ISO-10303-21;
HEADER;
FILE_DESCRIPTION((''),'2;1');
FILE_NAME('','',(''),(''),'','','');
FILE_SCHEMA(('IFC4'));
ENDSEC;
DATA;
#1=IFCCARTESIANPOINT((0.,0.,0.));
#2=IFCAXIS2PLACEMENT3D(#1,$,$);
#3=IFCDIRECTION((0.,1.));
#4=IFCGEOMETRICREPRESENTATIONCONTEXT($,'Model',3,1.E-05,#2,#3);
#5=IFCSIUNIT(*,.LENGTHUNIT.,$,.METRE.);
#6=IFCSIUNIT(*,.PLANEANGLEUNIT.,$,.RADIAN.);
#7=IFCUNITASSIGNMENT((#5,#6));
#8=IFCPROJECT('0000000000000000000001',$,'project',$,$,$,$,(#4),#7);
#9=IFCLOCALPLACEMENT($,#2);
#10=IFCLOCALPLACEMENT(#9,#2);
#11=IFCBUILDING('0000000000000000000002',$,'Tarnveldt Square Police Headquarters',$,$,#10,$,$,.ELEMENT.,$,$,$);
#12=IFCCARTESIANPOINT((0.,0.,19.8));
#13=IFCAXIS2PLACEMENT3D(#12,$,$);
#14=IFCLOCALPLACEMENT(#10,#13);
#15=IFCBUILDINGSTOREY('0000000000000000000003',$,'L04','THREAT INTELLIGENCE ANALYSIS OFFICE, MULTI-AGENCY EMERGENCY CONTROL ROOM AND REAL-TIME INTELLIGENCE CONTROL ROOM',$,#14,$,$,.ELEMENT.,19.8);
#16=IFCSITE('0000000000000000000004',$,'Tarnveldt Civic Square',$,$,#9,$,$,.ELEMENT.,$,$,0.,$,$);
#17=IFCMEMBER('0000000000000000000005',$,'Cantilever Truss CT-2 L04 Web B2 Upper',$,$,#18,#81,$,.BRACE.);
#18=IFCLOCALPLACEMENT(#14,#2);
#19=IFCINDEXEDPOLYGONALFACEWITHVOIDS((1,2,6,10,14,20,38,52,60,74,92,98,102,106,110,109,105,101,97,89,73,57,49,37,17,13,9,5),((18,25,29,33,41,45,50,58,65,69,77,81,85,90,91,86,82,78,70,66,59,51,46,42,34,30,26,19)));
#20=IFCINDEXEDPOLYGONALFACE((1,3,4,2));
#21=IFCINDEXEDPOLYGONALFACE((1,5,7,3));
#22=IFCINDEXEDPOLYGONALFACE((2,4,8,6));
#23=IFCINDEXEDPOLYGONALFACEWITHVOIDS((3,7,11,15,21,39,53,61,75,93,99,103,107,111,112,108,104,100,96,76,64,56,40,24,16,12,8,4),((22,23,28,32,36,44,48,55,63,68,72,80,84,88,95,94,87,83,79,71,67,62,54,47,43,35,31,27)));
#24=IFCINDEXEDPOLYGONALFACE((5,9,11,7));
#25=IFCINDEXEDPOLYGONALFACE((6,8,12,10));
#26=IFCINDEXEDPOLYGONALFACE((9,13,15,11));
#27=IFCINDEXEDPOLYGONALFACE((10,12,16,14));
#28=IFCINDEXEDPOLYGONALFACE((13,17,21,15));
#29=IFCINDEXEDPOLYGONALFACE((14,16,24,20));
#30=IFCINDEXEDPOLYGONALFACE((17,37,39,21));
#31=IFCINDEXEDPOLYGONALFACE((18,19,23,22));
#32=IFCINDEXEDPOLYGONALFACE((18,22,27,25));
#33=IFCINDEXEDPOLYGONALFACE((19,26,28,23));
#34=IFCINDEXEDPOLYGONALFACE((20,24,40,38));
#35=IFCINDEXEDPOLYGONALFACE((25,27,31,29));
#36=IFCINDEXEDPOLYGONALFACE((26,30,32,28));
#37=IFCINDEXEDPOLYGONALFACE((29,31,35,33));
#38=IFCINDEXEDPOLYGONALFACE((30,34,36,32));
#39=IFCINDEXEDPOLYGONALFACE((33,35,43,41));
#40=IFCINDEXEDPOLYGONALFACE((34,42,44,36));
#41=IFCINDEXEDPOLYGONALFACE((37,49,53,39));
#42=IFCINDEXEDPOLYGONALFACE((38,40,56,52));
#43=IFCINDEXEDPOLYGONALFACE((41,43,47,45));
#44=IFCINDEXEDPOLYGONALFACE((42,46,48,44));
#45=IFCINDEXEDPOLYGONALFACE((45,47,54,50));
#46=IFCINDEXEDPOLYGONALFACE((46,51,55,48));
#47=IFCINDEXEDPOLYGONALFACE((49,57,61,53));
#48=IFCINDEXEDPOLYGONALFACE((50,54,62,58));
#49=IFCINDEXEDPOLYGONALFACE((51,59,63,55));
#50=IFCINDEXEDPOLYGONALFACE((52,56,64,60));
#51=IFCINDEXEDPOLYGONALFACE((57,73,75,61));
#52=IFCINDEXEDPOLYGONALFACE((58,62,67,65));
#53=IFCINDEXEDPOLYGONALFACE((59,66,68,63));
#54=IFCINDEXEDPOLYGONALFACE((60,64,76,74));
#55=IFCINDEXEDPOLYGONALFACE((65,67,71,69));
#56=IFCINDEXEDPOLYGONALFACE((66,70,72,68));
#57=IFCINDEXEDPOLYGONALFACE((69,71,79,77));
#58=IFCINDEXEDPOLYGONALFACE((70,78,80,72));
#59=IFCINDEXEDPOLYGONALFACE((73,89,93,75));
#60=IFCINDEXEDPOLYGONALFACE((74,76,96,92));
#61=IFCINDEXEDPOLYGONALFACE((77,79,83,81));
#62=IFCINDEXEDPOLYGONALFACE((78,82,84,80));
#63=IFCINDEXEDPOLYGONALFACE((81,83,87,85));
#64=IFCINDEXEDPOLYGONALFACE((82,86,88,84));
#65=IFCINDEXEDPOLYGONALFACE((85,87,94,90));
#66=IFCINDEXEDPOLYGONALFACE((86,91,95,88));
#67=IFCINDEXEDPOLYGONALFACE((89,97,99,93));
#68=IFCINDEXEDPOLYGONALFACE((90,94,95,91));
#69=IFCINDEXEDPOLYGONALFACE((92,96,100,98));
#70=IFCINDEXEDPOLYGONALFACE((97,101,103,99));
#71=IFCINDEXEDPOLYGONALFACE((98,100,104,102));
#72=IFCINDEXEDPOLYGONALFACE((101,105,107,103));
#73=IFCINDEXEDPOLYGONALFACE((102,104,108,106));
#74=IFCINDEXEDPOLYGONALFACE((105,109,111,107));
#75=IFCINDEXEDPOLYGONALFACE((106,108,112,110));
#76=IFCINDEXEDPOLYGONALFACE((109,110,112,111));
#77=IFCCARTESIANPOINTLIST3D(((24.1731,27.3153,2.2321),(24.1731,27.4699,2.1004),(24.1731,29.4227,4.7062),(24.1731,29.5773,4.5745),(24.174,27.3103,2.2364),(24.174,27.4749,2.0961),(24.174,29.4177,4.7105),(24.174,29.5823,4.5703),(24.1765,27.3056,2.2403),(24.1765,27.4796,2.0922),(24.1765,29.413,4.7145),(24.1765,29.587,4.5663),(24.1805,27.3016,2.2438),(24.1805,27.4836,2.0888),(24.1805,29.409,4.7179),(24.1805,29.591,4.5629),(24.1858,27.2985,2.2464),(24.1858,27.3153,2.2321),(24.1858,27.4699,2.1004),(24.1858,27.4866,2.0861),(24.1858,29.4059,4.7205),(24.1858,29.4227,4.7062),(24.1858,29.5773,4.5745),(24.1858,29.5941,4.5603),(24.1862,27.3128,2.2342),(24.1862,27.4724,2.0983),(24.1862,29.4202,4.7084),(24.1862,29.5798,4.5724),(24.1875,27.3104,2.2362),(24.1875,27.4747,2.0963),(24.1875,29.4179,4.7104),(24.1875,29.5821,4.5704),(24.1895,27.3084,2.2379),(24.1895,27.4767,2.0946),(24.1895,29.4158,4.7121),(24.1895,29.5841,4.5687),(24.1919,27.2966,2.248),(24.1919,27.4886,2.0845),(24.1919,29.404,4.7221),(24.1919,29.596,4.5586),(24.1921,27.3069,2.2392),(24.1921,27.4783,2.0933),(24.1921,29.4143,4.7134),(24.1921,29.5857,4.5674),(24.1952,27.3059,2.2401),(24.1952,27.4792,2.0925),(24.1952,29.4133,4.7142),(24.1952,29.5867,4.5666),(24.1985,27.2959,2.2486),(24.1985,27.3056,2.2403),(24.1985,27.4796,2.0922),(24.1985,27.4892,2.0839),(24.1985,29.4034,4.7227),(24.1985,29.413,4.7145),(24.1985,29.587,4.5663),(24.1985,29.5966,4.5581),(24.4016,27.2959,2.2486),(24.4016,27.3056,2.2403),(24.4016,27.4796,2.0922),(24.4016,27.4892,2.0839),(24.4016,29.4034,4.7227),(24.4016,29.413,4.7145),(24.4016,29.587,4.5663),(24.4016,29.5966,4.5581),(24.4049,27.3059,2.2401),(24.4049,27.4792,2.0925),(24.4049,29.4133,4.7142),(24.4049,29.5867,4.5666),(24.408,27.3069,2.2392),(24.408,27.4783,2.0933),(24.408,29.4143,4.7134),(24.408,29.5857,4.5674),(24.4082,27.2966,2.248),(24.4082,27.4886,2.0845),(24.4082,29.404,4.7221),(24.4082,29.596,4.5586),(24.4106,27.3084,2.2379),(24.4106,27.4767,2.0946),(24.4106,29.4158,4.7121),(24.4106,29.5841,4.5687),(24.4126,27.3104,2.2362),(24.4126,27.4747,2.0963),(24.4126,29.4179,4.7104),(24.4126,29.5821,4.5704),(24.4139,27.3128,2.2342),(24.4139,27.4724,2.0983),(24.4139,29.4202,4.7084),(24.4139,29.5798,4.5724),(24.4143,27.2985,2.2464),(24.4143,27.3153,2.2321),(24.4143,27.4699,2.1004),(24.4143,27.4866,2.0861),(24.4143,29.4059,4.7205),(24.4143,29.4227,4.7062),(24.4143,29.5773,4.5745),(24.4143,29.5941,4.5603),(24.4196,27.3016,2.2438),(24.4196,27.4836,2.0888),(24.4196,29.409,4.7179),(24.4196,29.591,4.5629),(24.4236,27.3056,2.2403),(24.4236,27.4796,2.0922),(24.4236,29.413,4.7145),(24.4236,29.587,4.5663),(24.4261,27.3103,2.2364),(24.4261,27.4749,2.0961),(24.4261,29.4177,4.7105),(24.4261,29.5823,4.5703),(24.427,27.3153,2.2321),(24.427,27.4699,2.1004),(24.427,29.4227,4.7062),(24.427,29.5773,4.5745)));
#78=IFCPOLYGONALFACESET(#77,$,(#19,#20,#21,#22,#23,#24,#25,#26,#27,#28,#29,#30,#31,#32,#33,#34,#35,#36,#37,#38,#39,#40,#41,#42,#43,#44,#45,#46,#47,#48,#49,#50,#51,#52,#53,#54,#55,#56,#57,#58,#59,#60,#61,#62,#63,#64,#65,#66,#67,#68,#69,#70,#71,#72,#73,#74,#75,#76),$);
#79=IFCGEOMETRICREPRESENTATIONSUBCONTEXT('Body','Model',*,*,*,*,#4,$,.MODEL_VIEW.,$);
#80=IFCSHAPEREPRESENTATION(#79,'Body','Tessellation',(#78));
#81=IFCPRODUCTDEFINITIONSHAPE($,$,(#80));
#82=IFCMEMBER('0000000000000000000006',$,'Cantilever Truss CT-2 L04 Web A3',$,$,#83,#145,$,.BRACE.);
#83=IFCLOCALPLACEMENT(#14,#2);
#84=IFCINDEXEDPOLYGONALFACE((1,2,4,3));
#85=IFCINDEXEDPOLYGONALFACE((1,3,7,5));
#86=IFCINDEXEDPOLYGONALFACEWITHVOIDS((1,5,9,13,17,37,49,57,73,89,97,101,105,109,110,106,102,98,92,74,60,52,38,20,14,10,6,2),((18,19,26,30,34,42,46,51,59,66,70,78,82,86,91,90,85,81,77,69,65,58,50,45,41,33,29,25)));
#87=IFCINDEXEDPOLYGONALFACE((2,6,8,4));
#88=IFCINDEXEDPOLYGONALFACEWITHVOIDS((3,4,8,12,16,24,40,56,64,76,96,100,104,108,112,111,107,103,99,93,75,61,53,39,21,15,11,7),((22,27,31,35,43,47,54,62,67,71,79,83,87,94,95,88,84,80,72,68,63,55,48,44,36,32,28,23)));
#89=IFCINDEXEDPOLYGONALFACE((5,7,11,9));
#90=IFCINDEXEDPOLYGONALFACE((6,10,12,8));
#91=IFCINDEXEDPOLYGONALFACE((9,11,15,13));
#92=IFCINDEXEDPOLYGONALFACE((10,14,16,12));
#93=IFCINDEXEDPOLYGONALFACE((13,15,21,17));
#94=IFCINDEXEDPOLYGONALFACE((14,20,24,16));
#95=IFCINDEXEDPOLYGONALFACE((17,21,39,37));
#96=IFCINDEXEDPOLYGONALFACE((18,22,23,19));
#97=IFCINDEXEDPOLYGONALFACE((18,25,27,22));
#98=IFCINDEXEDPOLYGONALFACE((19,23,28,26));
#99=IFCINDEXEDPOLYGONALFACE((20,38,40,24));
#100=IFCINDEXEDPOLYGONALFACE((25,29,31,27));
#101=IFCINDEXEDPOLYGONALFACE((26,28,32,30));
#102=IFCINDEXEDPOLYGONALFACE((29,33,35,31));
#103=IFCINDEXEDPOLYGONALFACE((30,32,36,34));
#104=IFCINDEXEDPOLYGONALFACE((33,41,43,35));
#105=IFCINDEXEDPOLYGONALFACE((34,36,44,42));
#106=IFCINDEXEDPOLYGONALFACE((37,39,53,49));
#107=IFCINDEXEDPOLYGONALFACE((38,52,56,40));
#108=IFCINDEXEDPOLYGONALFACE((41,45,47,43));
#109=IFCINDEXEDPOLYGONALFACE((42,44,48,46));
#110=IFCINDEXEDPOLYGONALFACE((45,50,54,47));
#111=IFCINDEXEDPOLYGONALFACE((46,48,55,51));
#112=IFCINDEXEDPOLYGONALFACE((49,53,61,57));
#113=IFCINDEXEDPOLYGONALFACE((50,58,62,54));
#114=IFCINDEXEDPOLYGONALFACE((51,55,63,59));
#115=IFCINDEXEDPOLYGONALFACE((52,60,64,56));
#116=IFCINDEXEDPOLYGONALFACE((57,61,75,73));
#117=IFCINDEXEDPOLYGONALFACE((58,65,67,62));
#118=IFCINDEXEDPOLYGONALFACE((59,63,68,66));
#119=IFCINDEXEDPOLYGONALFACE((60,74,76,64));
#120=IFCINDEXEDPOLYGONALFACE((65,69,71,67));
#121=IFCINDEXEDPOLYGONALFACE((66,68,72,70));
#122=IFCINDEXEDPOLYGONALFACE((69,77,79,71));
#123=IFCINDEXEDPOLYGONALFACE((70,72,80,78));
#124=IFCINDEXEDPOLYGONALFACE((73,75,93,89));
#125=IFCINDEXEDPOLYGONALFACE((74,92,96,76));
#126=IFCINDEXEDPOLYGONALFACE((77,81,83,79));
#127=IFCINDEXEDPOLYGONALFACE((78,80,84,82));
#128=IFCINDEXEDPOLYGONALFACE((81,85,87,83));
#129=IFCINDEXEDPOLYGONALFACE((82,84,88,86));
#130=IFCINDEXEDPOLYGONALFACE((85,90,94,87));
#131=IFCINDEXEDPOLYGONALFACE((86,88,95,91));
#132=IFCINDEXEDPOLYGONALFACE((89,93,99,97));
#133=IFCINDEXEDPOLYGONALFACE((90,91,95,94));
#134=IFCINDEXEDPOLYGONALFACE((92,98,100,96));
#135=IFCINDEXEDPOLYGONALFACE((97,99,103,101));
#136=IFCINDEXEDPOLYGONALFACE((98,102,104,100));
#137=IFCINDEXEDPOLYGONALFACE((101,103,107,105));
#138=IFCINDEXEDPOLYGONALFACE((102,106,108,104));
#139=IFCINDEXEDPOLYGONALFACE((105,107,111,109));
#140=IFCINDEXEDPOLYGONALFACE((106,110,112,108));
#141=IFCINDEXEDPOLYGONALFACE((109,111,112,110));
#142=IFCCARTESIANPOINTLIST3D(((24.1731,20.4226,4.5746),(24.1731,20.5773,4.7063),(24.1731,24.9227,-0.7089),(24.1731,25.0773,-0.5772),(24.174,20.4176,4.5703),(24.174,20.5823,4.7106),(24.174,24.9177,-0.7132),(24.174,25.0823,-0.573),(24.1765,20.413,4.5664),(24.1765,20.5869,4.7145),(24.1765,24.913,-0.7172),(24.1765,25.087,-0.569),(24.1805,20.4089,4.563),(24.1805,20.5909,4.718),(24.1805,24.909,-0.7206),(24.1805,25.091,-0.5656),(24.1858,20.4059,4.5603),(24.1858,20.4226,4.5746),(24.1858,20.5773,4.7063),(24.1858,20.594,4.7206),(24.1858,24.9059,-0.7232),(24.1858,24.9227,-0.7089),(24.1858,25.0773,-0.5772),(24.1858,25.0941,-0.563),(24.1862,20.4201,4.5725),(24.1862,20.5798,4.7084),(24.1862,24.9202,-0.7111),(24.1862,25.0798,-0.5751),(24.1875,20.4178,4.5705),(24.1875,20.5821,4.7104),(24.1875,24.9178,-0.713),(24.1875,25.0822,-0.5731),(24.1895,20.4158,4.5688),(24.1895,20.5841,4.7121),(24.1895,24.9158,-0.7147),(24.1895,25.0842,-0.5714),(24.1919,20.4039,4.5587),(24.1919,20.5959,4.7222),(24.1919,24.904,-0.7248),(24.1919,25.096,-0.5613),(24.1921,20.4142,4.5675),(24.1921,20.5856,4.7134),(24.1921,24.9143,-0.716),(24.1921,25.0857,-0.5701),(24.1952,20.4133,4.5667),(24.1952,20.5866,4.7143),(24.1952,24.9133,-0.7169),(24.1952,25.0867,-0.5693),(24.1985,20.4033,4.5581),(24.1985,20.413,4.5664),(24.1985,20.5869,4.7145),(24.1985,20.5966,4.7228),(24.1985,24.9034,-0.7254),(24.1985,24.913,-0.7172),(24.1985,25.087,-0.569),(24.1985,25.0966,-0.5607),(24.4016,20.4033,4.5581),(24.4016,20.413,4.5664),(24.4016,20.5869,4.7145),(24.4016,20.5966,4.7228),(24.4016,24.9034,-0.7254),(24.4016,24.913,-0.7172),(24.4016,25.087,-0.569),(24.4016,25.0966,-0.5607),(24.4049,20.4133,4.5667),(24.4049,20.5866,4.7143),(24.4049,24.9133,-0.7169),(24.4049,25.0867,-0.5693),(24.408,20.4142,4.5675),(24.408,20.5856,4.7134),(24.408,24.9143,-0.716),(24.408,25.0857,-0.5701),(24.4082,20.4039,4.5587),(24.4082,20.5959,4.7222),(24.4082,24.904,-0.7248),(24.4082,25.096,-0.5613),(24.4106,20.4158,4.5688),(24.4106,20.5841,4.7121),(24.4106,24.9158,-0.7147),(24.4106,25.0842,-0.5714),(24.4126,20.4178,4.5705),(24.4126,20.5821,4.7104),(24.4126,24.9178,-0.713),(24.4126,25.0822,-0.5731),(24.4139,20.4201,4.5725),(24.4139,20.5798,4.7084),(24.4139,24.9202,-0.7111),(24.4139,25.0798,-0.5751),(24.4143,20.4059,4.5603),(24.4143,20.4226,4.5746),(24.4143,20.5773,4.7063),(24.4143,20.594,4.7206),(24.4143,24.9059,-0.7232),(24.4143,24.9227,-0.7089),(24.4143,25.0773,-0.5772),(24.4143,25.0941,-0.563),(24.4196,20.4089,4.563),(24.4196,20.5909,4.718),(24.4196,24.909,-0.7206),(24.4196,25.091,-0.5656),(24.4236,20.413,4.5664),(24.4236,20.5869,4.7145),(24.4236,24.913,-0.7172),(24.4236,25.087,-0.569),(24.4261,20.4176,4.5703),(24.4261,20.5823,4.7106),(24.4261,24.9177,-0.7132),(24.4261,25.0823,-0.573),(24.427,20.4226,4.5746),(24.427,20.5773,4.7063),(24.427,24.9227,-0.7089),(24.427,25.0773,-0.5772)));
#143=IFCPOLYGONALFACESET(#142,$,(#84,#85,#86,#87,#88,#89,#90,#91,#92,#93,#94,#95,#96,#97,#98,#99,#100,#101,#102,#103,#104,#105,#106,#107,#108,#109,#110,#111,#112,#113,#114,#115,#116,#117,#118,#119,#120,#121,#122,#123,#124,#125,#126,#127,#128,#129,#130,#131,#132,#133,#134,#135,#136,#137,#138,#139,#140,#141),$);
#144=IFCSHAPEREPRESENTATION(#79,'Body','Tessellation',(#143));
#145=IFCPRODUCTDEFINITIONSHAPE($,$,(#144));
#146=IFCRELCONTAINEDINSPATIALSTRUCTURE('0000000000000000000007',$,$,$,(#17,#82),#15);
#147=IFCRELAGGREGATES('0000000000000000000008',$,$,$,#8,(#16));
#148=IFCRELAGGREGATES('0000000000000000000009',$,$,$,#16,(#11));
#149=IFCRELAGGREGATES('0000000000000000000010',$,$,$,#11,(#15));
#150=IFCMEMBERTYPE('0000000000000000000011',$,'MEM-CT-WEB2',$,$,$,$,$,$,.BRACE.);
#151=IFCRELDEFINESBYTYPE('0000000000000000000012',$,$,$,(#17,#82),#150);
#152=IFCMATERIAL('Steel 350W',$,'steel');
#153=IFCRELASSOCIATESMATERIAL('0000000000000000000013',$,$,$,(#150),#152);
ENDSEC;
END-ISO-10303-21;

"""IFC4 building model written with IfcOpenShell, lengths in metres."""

from ifc_helpers import new_model, si_unit, direction, frame, origin, origin_2d, place, context, subcontext, project, spatial, hollow_rectangle, extrude, material, material_profile, profile_set, type_object, element, save


model = new_model("IFC4")

# Units and contexts
model_context = context("Model", 3, precision=1e-05, world=origin(), true_north=direction((0.0, 1.0)))
body_context = subcontext(model_context, "Body", "Model", "MODEL_VIEW")
ifc_project = project(units=[si_unit("LENGTHUNIT", "METRE"), si_unit("PLANEANGLEUNIT", "RADIAN")], contexts=[model_context])

# Site, building, storey
site_placement = place(None, origin())
site = spatial("IfcSite", under=ifc_project, at=site_placement, Name="Tarnveldt Civic Square", CompositionType="ELEMENT", RefElevation=0.0)
building_placement = place(site_placement, origin())
building = spatial("IfcBuilding", under=site, at=building_placement, Name="Tarnveldt Square Police Headquarters", CompositionType="ELEMENT")
storey_placement = place(building_placement, frame((0.0, 0.0, 19.8)))
storey = spatial("IfcBuildingStorey", under=building, at=storey_placement, Name="L04", Description="THREAT INTELLIGENCE ANALYSIS OFFICE, MULTI-AGENCY EMERGENCY CONTROL ROOM AND REAL-TIME INTELLIGENCE CONTROL ROOM", CompositionType="ELEMENT", Elevation=19.8)

# Shared definitions
ifc_material_1 = material(Name="Steel 350W", Category="steel")

# Members
ifc_material_profile_1 = material_profile(ifc_material_1, hollow_rectangle(XDim=0.2539, YDim=0.2539, WallThickness=0.0127, InnerFilletRadius=0.0127, OuterFilletRadius=0.0254, at=origin_2d()), Name="HSS254x254x13")
ifc_profile_set_1 = profile_set([ifc_material_profile_1], Name="Steel 350W")
member_type_1 = type_object("IfcMemberType", Name="MEM-CT-WEB2", PredefinedType="BRACE", material=ifc_profile_set_1)
member_1_placement = place(storey_placement, frame((24.3, 27.3926, 2.1663), z_axis=(0.0, 0.648437, 0.761268), x_axis=(-1.0, 0.0, 0.0)))
element("IfcMember", 1, at=member_1_placement, inside=storey, type_object=member_type_1, Name="Cantilever Truss CT-2 L04 Web B2 Upper", PredefinedType="BRACE", context=body_context, shape_type="SweptSolid", body=[
    extrude(hollow_rectangle(XDim=0.2539, YDim=0.2539, WallThickness=0.0127, InnerFilletRadius=0.0127, OuterFilletRadius=0.0254, at=origin_2d()), origin(), (0.0, 0.0, 1.0), 3.25),
])
member_2_placement = place(storey_placement, frame((24.3, 25.0, -0.6431), z_axis=(0.0, -0.648407, 0.761294), x_axis=(1.0, 0.0, 0.0)))
element("IfcMember", 2, at=member_2_placement, inside=storey, type_object=member_type_1, Name="Cantilever Truss CT-2 L04 Web A3", PredefinedType="BRACE", context=body_context, shape_type="SweptSolid", body=[
    extrude(hollow_rectangle(XDim=0.2539, YDim=0.2539, WallThickness=0.0127, InnerFilletRadius=0.0127, OuterFilletRadius=0.0254, at=origin_2d()), origin(), (0.0, 0.0, 1.0), 6.9402),
])

save(model, "model.ifc")
